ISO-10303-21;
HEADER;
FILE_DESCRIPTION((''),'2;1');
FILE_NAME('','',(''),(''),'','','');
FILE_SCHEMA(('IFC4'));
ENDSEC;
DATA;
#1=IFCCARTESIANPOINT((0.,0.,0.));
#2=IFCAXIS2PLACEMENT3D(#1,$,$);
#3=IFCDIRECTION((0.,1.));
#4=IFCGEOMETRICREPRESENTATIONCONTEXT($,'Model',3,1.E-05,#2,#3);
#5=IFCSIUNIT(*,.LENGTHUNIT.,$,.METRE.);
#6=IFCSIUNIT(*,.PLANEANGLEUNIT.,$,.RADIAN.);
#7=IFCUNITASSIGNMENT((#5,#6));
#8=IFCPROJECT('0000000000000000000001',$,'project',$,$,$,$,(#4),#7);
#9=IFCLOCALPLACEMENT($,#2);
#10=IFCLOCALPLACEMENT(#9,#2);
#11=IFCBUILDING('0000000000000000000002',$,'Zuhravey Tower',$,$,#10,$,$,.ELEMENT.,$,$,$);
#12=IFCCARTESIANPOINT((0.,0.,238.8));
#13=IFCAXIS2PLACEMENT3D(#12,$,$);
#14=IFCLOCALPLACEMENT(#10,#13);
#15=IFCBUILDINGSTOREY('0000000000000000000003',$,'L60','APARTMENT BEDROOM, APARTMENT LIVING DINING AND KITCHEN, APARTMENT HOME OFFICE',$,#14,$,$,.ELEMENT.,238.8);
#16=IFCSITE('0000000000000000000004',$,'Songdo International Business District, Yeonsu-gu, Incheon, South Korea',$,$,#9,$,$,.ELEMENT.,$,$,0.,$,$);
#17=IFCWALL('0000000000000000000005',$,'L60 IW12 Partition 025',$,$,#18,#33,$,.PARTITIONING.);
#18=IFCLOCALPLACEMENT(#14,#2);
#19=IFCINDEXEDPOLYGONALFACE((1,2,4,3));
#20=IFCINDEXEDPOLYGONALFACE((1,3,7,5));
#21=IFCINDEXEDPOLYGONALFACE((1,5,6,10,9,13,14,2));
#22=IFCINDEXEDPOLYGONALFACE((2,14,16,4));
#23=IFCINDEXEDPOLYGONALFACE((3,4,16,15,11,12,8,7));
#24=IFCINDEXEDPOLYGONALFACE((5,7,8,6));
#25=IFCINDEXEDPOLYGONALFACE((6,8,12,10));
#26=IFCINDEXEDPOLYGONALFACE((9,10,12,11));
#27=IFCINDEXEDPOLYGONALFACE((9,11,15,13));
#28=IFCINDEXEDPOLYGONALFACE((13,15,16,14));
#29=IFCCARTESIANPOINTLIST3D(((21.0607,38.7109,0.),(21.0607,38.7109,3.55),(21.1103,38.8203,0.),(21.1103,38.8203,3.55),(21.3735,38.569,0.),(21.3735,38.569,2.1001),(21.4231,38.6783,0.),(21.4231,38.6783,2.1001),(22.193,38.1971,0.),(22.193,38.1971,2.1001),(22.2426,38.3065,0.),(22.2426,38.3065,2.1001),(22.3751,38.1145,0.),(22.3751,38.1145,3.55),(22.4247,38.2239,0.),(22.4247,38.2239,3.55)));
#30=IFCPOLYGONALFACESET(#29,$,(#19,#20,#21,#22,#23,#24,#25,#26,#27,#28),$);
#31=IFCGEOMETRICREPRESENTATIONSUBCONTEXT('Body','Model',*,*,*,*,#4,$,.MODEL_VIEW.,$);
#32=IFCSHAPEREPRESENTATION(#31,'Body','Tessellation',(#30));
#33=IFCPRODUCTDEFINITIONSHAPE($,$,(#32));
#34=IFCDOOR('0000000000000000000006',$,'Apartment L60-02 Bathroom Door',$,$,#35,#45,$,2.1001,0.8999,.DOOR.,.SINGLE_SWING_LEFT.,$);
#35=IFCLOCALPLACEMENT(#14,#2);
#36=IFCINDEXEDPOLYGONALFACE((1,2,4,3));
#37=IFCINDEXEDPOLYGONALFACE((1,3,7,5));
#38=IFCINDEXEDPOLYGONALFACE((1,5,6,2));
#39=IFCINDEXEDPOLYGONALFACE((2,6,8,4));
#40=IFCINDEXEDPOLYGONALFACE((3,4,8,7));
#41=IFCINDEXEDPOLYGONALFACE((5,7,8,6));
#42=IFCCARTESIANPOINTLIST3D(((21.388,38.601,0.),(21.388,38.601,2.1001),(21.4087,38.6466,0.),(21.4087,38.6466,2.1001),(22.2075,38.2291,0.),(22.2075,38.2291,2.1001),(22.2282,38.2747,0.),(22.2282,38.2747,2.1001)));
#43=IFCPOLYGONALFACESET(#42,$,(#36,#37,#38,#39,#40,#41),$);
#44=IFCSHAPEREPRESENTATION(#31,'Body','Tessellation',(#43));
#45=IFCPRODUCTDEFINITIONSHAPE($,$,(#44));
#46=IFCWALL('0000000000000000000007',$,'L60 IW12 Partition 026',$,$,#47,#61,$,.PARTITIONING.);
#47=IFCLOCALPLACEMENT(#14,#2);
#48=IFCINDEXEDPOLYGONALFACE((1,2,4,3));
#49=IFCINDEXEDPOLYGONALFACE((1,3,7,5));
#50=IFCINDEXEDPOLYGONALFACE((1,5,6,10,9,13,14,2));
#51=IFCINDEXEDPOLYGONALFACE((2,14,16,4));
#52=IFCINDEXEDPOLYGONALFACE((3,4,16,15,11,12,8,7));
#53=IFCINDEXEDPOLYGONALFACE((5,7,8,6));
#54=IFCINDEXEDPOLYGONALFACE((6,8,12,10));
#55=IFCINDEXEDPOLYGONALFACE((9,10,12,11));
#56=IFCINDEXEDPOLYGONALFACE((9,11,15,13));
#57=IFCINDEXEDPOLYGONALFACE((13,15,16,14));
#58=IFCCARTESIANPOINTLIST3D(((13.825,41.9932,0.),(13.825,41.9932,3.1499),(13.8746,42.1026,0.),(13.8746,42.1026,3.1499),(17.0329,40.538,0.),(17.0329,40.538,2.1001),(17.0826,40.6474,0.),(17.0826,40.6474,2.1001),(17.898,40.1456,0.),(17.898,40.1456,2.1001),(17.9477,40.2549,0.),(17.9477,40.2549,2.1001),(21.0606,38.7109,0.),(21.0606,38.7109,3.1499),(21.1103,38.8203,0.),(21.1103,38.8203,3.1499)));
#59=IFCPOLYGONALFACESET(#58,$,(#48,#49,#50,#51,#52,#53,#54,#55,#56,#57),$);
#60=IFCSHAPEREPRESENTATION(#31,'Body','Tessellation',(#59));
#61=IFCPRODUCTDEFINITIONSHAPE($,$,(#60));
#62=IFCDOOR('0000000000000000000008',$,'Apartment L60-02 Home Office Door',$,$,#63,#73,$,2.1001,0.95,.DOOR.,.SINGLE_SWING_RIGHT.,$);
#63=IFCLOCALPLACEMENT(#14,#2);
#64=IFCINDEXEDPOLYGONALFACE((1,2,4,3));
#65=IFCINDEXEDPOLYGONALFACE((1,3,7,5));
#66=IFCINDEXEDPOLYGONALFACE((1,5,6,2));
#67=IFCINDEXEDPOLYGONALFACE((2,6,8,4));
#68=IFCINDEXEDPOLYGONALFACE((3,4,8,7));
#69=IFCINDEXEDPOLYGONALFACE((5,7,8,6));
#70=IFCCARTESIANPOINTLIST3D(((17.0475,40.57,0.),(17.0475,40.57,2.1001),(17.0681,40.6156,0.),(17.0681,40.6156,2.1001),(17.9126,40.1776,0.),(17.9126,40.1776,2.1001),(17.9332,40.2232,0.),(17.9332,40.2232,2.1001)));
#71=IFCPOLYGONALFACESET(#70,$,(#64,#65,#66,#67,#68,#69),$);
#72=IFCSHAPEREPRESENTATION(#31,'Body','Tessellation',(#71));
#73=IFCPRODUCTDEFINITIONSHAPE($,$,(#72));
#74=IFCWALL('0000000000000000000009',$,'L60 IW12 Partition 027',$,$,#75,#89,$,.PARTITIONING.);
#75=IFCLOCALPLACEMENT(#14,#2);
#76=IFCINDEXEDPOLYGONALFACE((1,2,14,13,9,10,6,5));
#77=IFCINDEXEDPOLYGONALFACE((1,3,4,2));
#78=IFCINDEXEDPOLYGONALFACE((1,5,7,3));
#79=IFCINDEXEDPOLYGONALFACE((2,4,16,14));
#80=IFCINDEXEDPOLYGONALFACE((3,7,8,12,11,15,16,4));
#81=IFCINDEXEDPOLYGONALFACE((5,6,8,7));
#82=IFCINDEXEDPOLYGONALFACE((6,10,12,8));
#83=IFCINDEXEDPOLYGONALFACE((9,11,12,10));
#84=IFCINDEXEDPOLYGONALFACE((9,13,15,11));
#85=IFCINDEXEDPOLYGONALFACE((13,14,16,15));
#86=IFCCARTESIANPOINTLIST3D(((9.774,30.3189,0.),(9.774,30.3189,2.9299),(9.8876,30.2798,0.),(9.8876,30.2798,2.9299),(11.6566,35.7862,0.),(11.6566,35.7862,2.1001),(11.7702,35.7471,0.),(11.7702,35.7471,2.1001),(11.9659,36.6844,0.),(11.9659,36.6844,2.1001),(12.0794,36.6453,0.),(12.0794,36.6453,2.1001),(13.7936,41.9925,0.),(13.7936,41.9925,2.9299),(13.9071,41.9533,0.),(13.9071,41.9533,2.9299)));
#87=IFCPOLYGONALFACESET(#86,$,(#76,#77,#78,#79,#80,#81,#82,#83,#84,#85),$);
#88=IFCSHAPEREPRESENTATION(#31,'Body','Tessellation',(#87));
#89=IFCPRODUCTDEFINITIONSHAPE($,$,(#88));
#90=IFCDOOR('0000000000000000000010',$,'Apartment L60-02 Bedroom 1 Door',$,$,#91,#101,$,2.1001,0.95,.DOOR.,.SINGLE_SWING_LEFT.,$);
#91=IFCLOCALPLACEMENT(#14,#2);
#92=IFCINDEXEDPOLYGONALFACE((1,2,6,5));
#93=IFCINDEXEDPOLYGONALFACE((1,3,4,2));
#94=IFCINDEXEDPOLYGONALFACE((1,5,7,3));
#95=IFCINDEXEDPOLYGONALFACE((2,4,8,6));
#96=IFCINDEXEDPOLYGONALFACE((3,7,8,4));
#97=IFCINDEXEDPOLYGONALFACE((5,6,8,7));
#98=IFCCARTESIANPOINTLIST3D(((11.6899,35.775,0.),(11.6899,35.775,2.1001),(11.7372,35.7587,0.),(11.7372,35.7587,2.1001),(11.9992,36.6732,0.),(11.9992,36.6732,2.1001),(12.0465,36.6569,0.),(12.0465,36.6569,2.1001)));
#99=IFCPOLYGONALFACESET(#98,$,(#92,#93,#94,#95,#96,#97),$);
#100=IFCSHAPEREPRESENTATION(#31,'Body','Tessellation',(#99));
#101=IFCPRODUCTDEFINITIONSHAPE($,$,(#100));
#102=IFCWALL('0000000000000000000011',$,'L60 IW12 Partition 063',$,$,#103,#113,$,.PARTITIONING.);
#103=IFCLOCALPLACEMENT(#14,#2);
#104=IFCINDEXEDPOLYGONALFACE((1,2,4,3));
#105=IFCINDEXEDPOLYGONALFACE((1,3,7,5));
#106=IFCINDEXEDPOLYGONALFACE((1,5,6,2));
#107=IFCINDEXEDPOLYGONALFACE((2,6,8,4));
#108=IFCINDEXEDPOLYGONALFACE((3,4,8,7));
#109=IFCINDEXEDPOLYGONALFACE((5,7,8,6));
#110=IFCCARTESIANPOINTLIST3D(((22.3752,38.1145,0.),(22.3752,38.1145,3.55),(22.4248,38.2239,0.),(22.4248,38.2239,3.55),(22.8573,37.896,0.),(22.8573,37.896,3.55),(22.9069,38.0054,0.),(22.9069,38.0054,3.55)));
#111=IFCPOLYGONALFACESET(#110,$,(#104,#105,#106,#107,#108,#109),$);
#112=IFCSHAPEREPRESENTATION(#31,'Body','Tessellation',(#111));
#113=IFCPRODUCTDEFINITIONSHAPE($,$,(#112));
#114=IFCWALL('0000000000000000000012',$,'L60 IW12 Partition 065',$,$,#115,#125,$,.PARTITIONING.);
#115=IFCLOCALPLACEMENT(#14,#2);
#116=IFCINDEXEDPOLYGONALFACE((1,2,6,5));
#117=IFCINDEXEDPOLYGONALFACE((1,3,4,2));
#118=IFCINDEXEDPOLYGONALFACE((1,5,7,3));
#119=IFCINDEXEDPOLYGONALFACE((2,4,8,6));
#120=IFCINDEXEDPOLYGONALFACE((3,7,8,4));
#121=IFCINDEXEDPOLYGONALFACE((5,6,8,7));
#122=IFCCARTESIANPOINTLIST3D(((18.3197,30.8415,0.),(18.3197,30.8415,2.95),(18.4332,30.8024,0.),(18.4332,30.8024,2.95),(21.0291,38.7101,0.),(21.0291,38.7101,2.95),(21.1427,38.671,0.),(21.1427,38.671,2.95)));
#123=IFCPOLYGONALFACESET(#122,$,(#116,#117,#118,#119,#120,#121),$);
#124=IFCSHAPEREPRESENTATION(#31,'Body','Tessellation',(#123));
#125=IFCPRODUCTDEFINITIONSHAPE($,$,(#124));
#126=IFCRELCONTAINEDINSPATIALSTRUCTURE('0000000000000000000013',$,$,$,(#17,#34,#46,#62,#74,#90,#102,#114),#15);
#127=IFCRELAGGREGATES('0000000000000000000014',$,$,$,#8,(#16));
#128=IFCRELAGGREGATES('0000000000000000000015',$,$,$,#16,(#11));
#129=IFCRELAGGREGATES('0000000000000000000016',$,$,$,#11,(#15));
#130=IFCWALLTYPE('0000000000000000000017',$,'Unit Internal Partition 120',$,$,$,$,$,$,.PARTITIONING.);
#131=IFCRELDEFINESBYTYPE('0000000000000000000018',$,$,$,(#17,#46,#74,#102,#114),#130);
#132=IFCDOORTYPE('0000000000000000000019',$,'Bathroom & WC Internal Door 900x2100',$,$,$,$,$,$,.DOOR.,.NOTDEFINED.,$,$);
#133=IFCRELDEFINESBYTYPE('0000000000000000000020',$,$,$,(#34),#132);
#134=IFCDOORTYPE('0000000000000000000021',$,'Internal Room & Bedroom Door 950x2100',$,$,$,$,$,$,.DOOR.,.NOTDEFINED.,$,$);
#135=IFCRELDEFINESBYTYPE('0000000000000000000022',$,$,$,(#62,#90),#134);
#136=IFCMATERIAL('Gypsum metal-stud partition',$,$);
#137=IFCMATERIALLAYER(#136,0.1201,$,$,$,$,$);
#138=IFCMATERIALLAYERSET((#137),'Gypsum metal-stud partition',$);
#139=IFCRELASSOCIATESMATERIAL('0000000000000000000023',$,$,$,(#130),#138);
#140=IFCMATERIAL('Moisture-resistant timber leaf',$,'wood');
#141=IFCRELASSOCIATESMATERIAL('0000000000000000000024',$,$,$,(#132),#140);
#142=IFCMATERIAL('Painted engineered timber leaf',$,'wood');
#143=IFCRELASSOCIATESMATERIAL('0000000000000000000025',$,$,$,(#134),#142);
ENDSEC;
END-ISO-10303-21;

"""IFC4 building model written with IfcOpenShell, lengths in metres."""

from ifc_helpers import new_model, si_unit, direction, frame, frame_2d, origin, place, context, subcontext, project, spatial, rectangle, extrude, material, layer, layer_set, type_object, element, fill, save


model = new_model("IFC4")

# Units and contexts
model_context = context("Model", 3, precision=1e-05, world=origin(), true_north=direction((0.0, 1.0)))
body_context = subcontext(model_context, "Body", "Model", "MODEL_VIEW")
ifc_project = project(units=[si_unit("LENGTHUNIT", "METRE"), si_unit("PLANEANGLEUNIT", "RADIAN")], contexts=[model_context])

# Site, building, storey
site_placement = place(None, origin())
site = spatial("IfcSite", under=ifc_project, at=site_placement, Name="Songdo International Business District, Yeonsu-gu, Incheon, South Korea", CompositionType="ELEMENT", RefElevation=0.0)
building_placement = place(site_placement, origin())
building = spatial("IfcBuilding", under=site, at=building_placement, Name="Zuhravey Tower", CompositionType="ELEMENT")
storey_placement = place(building_placement, frame((0.0, 0.0, 238.8)))
storey = spatial("IfcBuildingStorey", under=building, at=storey_placement, Name="L60", Description="APARTMENT BEDROOM, APARTMENT LIVING DINING AND KITCHEN, APARTMENT HOME OFFICE", CompositionType="ELEMENT", Elevation=238.8)

# Walls, openings, doors
ifc_material_1 = material(Name="Gypsum metal-stud partition")
ifc_layer_1 = layer(ifc_material_1, 0.1201)
ifc_layer_set_1 = layer_set([ifc_layer_1], Name="Gypsum metal-stud partition")
wall_type_1 = type_object("IfcWallType", Name="Unit Internal Partition 120", PredefinedType="PARTITIONING", material=ifc_layer_set_1)
wall_1_placement = place(storey_placement, frame((22.3999, 38.1692, 0.0), z_axis=(0.0, 0.0, 1.0), x_axis=(-0.910639, 0.413204, 0.0)))
wall_1 = element("IfcWall", 1, at=wall_1_placement, inside=storey, type_object=wall_type_1, Name="L60 IW12 Partition 025", PredefinedType="PARTITIONING", context=body_context, shape_type="SweptSolid", body=[
    extrude(rectangle(XDim=1.4434, YDim=0.1201, at=frame_2d((0.7217, 0.0))), origin(), (0.0, 0.0, 1.0), 3.55),
])
opening_1_placement = place(wall_1_placement, frame((0.2, 0.0, 0.0)))
opening_1 = element("IfcOpeningElement", 2, at=opening_1_placement, cuts=wall_1, PredefinedType="OPENING", context=body_context, shape_type="SweptSolid", body=[
    extrude(rectangle(XDim=0.8999, YDim=2.1001, at=frame_2d((0.45, 1.05))), frame((0.0, 0.072, 0.0), z_axis=(0.0, -1.0, 0.0), x_axis=(1.0, 0.0, 0.0)), (0.0, 0.0, 1.0), 0.144),
])
ifc_material_2 = material(Name="Moisture-resistant timber leaf", Category="wood")
door_type_1 = type_object("IfcDoorType", Name="Bathroom & WC Internal Door 900x2100", OperationType="NOTDEFINED", PredefinedType="DOOR", material=ifc_material_2)
door_1_placement = place(opening_1_placement, origin())
door_1 = element("IfcDoor", 3, at=door_1_placement, inside=storey, type_object=door_type_1, Name="Apartment L60-02 Bathroom Door", OperationType="SINGLE_SWING_LEFT", OverallHeight=2.1001, OverallWidth=0.8999, PredefinedType="DOOR", context=body_context, shape_type="SweptSolid", body=[
    extrude(rectangle(XDim=0.8999, YDim=2.1001, at=frame_2d((0.45, 1.05))), frame((0.0, 0.0249, 0.0), z_axis=(0.0, -1.0, 0.0), x_axis=(1.0, 0.0, 0.0)), (0.0, 0.0, 1.0), 0.05),
])
fill(opening_1, door_1)
wall_2_placement = place(storey_placement, frame((21.0854, 38.7656, 0.0), z_axis=(0.0, 0.0, 1.0), x_axis=(-0.910683, 0.413106, 0.0)))
wall_2 = element("IfcWall", 4, at=wall_2_placement, inside=storey, type_object=wall_type_1, Name="L60 IW12 Partition 026", PredefinedType="PARTITIONING", context=body_context, shape_type="SweptSolid", body=[
    extrude(rectangle(XDim=7.9453, YDim=0.1201, at=frame_2d((3.9727, 0.0))), origin(), (0.0, 0.0, 1.0), 3.1499),
])
opening_2_placement = place(wall_2_placement, frame((3.4727, 0.0, 0.0)))
opening_2 = element("IfcOpeningElement", 5, at=opening_2_placement, cuts=wall_2, PredefinedType="OPENING", context=body_context, shape_type="SweptSolid", body=[
    extrude(rectangle(XDim=0.95, YDim=2.1001, at=frame_2d((0.4751, 1.05))), frame((0.0, 0.072, 0.0), z_axis=(0.0, -1.0, 0.0), x_axis=(1.0, 0.0, 0.0)), (0.0, 0.0, 1.0), 0.144),
])
ifc_material_3 = material(Name="Painted engineered timber leaf", Category="wood")
door_type_2 = type_object("IfcDoorType", Name="Internal Room & Bedroom Door 950x2100", OperationType="NOTDEFINED", PredefinedType="DOOR", material=ifc_material_3)
door_2_placement = place(opening_2_placement, origin())
door_2 = element("IfcDoor", 6, at=door_2_placement, inside=storey, type_object=door_type_2, Name="Apartment L60-02 Home Office Door", OperationType="SINGLE_SWING_RIGHT", OverallHeight=2.1001, OverallWidth=0.95, PredefinedType="DOOR", context=body_context, shape_type="SweptSolid", body=[
    extrude(rectangle(XDim=0.95, YDim=2.1001, at=frame_2d((0.4751, 1.05))), frame((0.0, 0.0249, 0.0), z_axis=(0.0, -1.0, 0.0), x_axis=(1.0, 0.0, 0.0)), (0.0, 0.0, 1.0), 0.05),
])
fill(opening_2, door_2)
wall_3_placement = place(storey_placement, frame((13.8503, 41.9729, 0.0), z_axis=(0.0, 0.0, 1.0), x_axis=(-0.325568, -0.945519, 0.0)))
wall_3 = element("IfcWall", 7, at=wall_3_placement, inside=storey, type_object=wall_type_1, Name="L60 IW12 Partition 027", PredefinedType="PARTITIONING", context=body_context, shape_type="SweptSolid", body=[
    extrude(rectangle(XDim=12.3462, YDim=0.1201, at=frame_2d((6.1731, 0.0))), origin(), (0.0, 0.0, 1.0), 2.9299),
])
opening_3_placement = place(wall_3_placement, frame((5.6138, 0.0, 0.0)))
opening_3 = element("IfcOpeningElement", 8, at=opening_3_placement, cuts=wall_3, PredefinedType="OPENING", context=body_context, shape_type="SweptSolid", body=[
    extrude(rectangle(XDim=0.95, YDim=2.1001, at=frame_2d((0.4751, 1.05))), frame((0.0, 0.072, 0.0), z_axis=(0.0, -1.0, 0.0), x_axis=(1.0, 0.0, 0.0)), (0.0, 0.0, 1.0), 0.144),
])
door_3_placement = place(opening_3_placement, frame((0.95, 0.0, 0.0), z_axis=(0.0, 0.0, 1.0), x_axis=(-1.0, 0.0, 0.0)))
door_3 = element("IfcDoor", 9, at=door_3_placement, inside=storey, type_object=door_type_2, Name="Apartment L60-02 Bedroom 1 Door", OperationType="SINGLE_SWING_LEFT", OverallHeight=2.1001, OverallWidth=0.95, PredefinedType="DOOR", context=body_context, shape_type="SweptSolid", body=[
    extrude(rectangle(XDim=0.95, YDim=2.1001, at=frame_2d((0.4751, 1.05))), frame((0.0, 0.0249, 0.0), z_axis=(0.0, -1.0, 0.0), x_axis=(1.0, 0.0, 0.0)), (0.0, 0.0, 1.0), 0.05),
])
fill(opening_3, door_3)

# Walls
wall_4_placement = place(storey_placement, frame((22.8821, 37.9507, 0.0), z_axis=(0.0, 0.0, 1.0), x_axis=(-0.91084, 0.41276, 0.0)))
element("IfcWall", 10, at=wall_4_placement, inside=storey, type_object=wall_type_1, Name="L60 IW12 Partition 063", PredefinedType="PARTITIONING", context=body_context, shape_type="SweptSolid", body=[
    extrude(rectangle(XDim=0.5293, YDim=0.1201, at=frame_2d((0.2646, 0.0))), origin(), (0.0, 0.0, 1.0), 3.55),
])
wall_5_placement = place(storey_placement, frame((21.0859, 38.6907, 0.0), z_axis=(0.0, 0.0, 1.0), x_axis=(-0.325577, -0.945516, 0.0)))
element("IfcWall", 11, at=wall_5_placement, inside=storey, type_object=wall_type_1, Name="L60 IW12 Partition 065", PredefinedType="PARTITIONING", context=body_context, shape_type="SweptSolid", body=[
    extrude(rectangle(XDim=8.322, YDim=0.1201, at=frame_2d((4.1611, 0.0))), origin(), (0.0, 0.0, 1.0), 2.95),
])

save(model, "model.ifc")
